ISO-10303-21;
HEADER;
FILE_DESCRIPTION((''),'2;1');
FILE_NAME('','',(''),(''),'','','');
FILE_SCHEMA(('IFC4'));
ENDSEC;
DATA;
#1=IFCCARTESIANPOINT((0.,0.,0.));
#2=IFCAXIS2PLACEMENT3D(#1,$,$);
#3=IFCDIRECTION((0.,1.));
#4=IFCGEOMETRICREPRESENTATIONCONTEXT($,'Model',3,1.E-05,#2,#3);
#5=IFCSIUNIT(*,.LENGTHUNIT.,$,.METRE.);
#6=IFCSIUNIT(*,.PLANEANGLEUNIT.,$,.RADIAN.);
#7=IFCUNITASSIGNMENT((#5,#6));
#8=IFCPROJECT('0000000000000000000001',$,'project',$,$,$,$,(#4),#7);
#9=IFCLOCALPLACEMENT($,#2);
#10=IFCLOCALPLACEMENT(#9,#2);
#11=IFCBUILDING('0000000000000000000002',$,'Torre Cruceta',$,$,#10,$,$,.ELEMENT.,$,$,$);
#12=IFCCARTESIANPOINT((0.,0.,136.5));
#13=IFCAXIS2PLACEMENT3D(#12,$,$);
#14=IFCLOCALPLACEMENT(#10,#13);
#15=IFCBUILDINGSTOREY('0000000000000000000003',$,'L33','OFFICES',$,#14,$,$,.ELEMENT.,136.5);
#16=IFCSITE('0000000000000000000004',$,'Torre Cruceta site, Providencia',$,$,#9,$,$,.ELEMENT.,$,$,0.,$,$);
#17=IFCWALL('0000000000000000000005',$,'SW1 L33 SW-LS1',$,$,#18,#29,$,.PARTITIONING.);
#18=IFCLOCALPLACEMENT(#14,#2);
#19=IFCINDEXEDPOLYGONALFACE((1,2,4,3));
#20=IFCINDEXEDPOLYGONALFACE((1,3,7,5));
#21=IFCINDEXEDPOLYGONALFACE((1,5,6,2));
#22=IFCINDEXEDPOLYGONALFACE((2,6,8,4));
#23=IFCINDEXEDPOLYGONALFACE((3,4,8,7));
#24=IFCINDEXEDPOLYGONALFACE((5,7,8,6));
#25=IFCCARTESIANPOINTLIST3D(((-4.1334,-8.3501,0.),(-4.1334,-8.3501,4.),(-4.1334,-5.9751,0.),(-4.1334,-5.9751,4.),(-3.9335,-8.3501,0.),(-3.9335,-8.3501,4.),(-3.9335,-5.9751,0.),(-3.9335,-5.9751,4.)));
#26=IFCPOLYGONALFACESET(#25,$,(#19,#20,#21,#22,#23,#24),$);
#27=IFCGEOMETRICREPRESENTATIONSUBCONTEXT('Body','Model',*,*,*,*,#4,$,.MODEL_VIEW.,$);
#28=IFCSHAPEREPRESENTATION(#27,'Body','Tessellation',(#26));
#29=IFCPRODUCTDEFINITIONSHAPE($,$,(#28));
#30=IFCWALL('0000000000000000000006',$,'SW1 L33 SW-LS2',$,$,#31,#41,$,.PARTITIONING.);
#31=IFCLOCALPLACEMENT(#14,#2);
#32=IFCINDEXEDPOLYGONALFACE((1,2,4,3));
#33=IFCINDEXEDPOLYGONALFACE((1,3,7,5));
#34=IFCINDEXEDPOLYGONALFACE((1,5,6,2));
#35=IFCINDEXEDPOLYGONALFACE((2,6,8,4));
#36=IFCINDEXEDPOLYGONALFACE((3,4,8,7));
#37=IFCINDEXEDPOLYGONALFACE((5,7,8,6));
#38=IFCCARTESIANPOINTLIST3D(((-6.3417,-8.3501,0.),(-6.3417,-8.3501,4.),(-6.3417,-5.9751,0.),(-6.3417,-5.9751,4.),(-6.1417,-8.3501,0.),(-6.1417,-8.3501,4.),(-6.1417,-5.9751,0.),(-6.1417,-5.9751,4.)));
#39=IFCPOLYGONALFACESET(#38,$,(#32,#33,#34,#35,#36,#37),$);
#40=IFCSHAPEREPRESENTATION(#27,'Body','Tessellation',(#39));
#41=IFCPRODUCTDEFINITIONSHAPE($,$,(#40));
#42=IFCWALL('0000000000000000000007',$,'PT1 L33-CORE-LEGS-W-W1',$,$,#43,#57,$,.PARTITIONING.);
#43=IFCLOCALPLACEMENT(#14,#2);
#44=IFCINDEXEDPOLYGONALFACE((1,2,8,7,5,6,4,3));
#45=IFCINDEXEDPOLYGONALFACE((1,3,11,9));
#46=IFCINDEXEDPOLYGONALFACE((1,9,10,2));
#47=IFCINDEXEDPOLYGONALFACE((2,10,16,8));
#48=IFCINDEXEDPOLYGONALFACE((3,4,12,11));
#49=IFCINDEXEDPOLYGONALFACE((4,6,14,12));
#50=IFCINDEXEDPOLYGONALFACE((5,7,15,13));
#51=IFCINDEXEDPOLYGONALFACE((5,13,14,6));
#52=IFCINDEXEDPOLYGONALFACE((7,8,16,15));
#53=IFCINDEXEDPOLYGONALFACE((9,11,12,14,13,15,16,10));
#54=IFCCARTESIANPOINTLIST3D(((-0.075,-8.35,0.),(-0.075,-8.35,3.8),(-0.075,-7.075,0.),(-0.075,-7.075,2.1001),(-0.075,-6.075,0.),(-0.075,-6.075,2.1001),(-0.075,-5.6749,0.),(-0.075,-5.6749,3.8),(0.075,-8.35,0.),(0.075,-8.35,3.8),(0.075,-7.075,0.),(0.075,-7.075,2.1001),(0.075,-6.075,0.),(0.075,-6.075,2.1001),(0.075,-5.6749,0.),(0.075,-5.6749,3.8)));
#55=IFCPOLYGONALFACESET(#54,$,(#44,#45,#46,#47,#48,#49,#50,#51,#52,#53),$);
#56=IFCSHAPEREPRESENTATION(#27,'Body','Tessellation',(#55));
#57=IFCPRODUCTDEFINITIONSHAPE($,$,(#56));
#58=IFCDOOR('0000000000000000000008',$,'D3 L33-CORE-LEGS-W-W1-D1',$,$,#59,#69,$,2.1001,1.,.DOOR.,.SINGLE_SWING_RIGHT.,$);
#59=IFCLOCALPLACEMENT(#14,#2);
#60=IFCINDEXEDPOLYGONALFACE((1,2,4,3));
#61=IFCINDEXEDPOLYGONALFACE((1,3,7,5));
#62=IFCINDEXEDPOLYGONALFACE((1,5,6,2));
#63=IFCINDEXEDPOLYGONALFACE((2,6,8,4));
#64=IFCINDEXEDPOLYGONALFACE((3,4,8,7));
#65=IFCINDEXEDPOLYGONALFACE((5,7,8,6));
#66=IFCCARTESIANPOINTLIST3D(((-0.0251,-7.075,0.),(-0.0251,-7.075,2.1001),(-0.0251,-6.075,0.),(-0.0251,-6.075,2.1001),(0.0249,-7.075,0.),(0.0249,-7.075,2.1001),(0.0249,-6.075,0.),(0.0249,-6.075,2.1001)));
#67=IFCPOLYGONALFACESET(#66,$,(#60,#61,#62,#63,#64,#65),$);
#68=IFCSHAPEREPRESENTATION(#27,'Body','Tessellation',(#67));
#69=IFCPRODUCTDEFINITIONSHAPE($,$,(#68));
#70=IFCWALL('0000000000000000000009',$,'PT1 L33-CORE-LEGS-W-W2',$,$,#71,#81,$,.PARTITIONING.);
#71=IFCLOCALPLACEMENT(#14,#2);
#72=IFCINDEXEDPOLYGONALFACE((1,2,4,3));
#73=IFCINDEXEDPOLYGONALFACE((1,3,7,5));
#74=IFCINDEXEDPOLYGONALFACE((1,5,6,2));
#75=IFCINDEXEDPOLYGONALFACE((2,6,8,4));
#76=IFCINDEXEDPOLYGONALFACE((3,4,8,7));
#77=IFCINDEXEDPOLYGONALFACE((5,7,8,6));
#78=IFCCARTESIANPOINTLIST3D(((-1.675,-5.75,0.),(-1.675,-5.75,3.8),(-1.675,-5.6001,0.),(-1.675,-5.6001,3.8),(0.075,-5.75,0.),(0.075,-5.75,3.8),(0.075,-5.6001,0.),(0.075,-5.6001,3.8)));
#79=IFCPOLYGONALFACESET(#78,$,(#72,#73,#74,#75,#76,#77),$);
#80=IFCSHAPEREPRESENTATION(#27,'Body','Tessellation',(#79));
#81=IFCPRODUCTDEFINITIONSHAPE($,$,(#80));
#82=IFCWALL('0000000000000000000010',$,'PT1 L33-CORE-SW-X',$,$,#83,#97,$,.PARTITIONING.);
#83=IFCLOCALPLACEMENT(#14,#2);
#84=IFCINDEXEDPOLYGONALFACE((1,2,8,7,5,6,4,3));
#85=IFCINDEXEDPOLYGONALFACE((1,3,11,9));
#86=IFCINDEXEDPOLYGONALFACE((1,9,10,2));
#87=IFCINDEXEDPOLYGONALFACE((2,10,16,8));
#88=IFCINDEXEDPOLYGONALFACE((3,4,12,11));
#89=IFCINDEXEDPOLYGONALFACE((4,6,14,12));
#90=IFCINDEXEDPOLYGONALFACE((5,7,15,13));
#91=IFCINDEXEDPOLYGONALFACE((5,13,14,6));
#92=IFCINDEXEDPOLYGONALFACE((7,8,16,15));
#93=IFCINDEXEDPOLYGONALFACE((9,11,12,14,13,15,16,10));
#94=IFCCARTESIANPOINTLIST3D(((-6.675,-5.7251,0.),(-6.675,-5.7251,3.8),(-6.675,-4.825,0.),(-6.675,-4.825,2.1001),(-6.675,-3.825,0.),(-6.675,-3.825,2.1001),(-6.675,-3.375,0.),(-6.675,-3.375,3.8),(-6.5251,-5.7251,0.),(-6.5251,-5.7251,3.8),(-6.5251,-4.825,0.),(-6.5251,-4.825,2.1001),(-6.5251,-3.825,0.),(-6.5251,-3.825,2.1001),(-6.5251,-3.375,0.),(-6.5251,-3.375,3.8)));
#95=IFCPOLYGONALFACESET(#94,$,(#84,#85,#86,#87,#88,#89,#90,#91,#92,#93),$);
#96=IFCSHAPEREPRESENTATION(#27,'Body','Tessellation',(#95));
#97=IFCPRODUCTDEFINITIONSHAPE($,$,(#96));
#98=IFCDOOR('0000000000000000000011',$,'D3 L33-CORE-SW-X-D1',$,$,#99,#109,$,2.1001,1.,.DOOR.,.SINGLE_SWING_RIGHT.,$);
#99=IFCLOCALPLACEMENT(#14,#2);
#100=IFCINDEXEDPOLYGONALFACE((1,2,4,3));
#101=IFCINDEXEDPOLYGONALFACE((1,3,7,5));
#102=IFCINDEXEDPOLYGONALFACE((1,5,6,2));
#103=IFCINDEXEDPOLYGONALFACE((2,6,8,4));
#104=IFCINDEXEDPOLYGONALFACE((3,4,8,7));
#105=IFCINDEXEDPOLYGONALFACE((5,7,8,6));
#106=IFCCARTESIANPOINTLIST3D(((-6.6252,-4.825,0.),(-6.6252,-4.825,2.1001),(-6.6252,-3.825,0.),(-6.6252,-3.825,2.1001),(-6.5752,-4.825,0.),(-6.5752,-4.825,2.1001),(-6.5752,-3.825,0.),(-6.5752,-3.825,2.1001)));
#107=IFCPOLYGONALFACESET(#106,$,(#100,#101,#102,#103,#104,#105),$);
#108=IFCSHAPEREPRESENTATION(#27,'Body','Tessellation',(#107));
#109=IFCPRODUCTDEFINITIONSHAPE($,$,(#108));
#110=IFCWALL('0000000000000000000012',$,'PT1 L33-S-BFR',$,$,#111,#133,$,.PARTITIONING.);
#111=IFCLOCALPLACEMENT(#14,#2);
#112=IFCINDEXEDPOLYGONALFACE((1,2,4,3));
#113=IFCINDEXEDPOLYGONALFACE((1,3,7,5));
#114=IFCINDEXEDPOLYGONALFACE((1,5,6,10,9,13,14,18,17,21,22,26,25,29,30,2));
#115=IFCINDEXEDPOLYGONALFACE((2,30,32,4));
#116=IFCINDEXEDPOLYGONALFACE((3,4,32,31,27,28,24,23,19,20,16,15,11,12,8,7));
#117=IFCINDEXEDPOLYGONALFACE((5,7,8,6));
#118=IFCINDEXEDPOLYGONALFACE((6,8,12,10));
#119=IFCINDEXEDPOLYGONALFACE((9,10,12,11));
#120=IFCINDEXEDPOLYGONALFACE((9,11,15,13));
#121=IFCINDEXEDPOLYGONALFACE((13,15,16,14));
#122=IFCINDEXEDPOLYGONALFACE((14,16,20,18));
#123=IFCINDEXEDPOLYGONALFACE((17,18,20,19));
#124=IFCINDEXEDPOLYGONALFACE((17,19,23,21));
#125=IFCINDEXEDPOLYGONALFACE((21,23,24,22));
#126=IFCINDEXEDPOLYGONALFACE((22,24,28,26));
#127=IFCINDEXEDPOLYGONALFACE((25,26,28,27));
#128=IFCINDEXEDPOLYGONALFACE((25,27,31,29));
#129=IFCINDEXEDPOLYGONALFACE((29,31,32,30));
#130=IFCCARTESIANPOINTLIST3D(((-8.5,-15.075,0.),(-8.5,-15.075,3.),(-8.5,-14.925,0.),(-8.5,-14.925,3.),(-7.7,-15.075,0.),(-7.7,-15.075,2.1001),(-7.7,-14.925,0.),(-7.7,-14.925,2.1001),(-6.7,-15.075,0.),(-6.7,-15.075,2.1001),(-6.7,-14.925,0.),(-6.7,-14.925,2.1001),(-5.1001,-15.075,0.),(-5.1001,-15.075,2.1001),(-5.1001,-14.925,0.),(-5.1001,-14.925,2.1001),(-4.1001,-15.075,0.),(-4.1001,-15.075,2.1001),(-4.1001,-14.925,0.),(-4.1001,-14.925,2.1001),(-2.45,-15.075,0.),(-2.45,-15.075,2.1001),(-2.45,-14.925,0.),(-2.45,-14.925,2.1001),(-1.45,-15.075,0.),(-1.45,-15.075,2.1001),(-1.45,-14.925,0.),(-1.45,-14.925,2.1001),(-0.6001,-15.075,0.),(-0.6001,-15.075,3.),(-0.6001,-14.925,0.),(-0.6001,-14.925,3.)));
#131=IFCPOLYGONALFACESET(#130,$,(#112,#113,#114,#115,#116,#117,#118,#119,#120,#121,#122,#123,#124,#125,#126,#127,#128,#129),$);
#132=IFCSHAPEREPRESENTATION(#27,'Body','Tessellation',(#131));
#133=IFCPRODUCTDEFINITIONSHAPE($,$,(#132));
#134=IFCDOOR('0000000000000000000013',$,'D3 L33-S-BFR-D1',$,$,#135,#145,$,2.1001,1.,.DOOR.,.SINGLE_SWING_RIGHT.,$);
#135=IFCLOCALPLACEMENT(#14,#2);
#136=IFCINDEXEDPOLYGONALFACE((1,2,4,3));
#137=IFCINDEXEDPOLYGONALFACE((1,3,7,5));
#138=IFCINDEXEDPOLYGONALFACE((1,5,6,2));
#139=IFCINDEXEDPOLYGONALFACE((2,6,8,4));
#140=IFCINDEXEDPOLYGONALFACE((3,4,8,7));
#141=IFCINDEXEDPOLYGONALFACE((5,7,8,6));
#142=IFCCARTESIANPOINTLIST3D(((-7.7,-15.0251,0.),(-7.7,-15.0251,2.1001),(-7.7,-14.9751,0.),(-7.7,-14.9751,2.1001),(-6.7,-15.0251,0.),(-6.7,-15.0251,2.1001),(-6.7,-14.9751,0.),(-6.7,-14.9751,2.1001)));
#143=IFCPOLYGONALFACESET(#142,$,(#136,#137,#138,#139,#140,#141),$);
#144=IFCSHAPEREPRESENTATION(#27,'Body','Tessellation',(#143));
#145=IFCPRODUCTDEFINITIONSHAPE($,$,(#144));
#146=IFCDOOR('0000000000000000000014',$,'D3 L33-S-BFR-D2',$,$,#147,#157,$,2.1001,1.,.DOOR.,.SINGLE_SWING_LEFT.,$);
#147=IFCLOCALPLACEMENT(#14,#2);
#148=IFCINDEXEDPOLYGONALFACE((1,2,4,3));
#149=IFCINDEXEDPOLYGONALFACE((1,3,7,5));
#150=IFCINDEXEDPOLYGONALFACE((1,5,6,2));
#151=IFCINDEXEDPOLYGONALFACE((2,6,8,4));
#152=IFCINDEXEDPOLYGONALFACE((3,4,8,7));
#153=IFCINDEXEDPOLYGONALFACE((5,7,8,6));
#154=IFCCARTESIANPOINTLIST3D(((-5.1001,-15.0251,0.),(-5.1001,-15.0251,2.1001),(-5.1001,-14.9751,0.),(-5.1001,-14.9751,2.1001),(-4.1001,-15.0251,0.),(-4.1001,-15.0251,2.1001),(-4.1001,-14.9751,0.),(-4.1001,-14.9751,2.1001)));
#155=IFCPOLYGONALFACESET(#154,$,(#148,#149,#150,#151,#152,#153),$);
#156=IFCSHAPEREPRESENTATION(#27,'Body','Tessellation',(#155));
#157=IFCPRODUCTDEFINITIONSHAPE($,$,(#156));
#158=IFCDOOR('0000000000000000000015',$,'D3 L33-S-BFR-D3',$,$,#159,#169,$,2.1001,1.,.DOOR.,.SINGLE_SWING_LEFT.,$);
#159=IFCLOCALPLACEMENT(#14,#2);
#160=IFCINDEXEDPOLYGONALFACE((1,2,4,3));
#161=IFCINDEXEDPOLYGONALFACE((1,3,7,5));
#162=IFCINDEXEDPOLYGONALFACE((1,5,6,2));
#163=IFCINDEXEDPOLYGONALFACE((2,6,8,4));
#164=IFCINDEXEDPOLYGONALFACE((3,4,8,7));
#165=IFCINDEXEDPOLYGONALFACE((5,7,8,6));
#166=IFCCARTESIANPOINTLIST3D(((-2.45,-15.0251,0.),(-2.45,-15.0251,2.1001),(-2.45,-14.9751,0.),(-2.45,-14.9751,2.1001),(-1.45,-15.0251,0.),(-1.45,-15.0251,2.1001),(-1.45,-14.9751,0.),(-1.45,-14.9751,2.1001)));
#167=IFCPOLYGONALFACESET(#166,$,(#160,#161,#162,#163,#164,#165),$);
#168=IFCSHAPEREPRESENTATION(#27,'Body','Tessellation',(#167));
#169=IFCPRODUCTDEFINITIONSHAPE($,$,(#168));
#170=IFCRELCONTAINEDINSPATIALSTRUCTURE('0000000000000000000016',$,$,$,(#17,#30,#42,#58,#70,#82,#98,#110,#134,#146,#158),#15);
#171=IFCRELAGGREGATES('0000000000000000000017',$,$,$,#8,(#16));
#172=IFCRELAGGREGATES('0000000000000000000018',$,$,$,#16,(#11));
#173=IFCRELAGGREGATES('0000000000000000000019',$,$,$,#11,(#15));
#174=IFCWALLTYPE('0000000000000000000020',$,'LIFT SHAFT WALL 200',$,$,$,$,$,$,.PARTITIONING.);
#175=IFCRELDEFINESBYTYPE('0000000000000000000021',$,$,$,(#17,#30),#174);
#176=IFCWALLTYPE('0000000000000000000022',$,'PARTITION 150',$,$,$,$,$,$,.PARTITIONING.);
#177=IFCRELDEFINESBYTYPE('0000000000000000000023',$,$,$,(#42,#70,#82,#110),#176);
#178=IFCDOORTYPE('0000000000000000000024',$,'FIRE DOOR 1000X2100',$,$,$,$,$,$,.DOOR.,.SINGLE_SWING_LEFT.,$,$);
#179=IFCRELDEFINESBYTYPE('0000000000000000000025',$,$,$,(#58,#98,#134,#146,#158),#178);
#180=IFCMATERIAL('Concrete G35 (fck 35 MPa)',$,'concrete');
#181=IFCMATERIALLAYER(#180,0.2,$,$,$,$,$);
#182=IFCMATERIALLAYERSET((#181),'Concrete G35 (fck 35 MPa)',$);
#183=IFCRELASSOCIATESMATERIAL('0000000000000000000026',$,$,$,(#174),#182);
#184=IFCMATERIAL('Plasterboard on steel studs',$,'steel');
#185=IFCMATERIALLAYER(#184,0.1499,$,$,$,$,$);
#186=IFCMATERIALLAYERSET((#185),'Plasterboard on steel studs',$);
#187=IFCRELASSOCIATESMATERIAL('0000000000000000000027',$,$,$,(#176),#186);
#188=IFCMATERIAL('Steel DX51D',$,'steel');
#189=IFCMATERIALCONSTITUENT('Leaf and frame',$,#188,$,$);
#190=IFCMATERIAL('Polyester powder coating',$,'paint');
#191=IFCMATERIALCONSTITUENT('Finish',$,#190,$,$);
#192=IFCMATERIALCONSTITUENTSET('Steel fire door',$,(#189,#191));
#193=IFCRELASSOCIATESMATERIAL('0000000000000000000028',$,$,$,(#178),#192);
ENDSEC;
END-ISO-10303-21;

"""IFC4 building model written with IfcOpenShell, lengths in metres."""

from ifc_helpers import new_model, si_unit, direction, frame, frame_2d, origin, place, context, subcontext, project, spatial, rectangle, extrude, material, layer, layer_set, constituent, constituent_set, type_object, element, fill, save


model = new_model("IFC4")

# Units and contexts
model_context = context("Model", 3, precision=1e-05, world=origin(), true_north=direction((0.0, 1.0)))
body_context = subcontext(model_context, "Body", "Model", "MODEL_VIEW")
ifc_project = project(units=[si_unit("LENGTHUNIT", "METRE"), si_unit("PLANEANGLEUNIT", "RADIAN")], contexts=[model_context])

# Site, building, storey
site_placement = place(None, origin())
site = spatial("IfcSite", under=ifc_project, at=site_placement, Name="Torre Cruceta site, Providencia", CompositionType="ELEMENT", RefElevation=0.0)
building_placement = place(site_placement, origin())
building = spatial("IfcBuilding", under=site, at=building_placement, Name="Torre Cruceta", CompositionType="ELEMENT")
storey_placement = place(building_placement, frame((0.0, 0.0, 136.5)))
storey = spatial("IfcBuildingStorey", under=building, at=storey_placement, Name="L33", Description="OFFICES", CompositionType="ELEMENT", Elevation=136.5)

# Walls
ifc_material_1 = material(Name="Concrete G35 (fck 35 MPa)", Category="concrete")
ifc_layer_1 = layer(ifc_material_1, 0.2)
ifc_layer_set_1 = layer_set([ifc_layer_1], Name="Concrete G35 (fck 35 MPa)")
wall_type_1 = type_object("IfcWallType", Name="LIFT SHAFT WALL 200", PredefinedType="PARTITIONING", material=ifc_layer_set_1)
for number, where, z_axis, x_axis, name in (
    (1, (-4.0334, -5.9751, 0.0), (0.0, 0.0, 1.0), (0.0, -1.0, 0.0), "SW1 L33 SW-LS1"),
    (2, (-6.2417, -5.9751, 0.0), (0.0, 0.0, 1.0), (0.0, -1.0, 0.0), "SW1 L33 SW-LS2"),
):
    element("IfcWall", number, at=place(storey_placement, frame(where, z_axis=z_axis, x_axis=x_axis)), inside=storey, type_object=wall_type_1, Name=name, PredefinedType="PARTITIONING", context=body_context, shape_type="SweptSolid", body=[
        extrude(rectangle(XDim=2.375, YDim=0.2, at=frame_2d((1.1875, 0.0))), origin(), (0.0, 0.0, 1.0), 4.0),
    ])

# Wall, opening, door
ifc_material_2 = material(Name="Plasterboard on steel studs", Category="steel")
ifc_layer_2 = layer(ifc_material_2, 0.1499)
ifc_layer_set_2 = layer_set([ifc_layer_2], Name="Plasterboard on steel studs")
wall_type_2 = type_object("IfcWallType", Name="PARTITION 150", PredefinedType="PARTITIONING", material=ifc_layer_set_2)
wall_1_placement = place(storey_placement, frame((0.0, -5.675, 0.0), z_axis=(0.0, 0.0, 1.0), x_axis=(0.0, -1.0, 0.0)))
wall_1 = element("IfcWall", 3, at=wall_1_placement, inside=storey, type_object=wall_type_2, Name="PT1 L33-CORE-LEGS-W-W1", PredefinedType="PARTITIONING", context=body_context, shape_type="SweptSolid", body=[
    extrude(rectangle(XDim=2.675, YDim=0.1499, at=frame_2d((1.3374, 0.0))), origin(), (0.0, 0.0, 1.0), 3.8),
])
opening_1_placement = place(wall_1_placement, frame((0.3999, 0.0, 0.0)))
opening_1 = element("IfcOpeningElement", 4, at=opening_1_placement, cuts=wall_1, PredefinedType="OPENING", context=body_context, shape_type="SweptSolid", body=[
    extrude(rectangle(XDim=1.0, YDim=2.1001, at=frame_2d((0.5, 1.05))), frame((0.0, 0.085, 0.0), z_axis=(0.0, -1.0, 0.0), x_axis=(1.0, 0.0, 0.0)), (0.0, 0.0, 1.0), 0.1699),
])
ifc_material_3 = material(Name="Steel DX51D", Category="steel")
ifc_constituent_1 = constituent(ifc_material_3, Name="Leaf and frame")
ifc_material_4 = material(Name="Polyester powder coating", Category="paint")
ifc_constituent_2 = constituent(ifc_material_4, Name="Finish")
ifc_constituent_set_1 = constituent_set(constituents=[ifc_constituent_1, ifc_constituent_2], Name="Steel fire door")
door_type_1 = type_object("IfcDoorType", Name="FIRE DOOR 1000X2100", OperationType="SINGLE_SWING_LEFT", PredefinedType="DOOR", material=ifc_constituent_set_1)
door_1_placement = place(opening_1_placement, frame((1.0, 0.0, 0.0), z_axis=(0.0, 0.0, 1.0), x_axis=(-1.0, 0.0, 0.0)))
door_1 = element("IfcDoor", 5, at=door_1_placement, inside=storey, type_object=door_type_1, Name="D3 L33-CORE-LEGS-W-W1-D1", OperationType="SINGLE_SWING_RIGHT", OverallHeight=2.1001, OverallWidth=1.0, PredefinedType="DOOR", context=body_context, shape_type="SweptSolid", body=[
    extrude(rectangle(XDim=1.0, YDim=2.1001, at=frame_2d((0.5, 1.05))), frame((0.0, 0.0251, 0.0), z_axis=(0.0, -1.0, 0.0), x_axis=(1.0, 0.0, 0.0)), (0.0, 0.0, 1.0), 0.05),
])
fill(opening_1, door_1)

# Wall
wall_2_placement = place(storey_placement, frame((-1.675, -5.675, 0.0), z_axis=(0.0, 0.0, 1.0), x_axis=(1.0, 0.0, 0.0)))
element("IfcWall", 6, at=wall_2_placement, inside=storey, type_object=wall_type_2, Name="PT1 L33-CORE-LEGS-W-W2", PredefinedType="PARTITIONING", context=body_context, shape_type="SweptSolid", body=[
    extrude(rectangle(XDim=1.75, YDim=0.1499, at=frame_2d((0.875, 0.0))), origin(), (0.0, 0.0, 1.0), 3.8),
])

# Wall, opening, door
wall_3_placement = place(storey_placement, frame((-6.6001, -3.375, 0.0), z_axis=(0.0, 0.0, 1.0), x_axis=(0.0, -1.0, 0.0)))
wall_3 = element("IfcWall", 7, at=wall_3_placement, inside=storey, type_object=wall_type_2, Name="PT1 L33-CORE-SW-X", PredefinedType="PARTITIONING", context=body_context, shape_type="SweptSolid", body=[
    extrude(rectangle(XDim=2.3501, YDim=0.1499, at=frame_2d((1.175, 0.0))), origin(), (0.0, 0.0, 1.0), 3.8),
])
opening_2_placement = place(wall_3_placement, frame((0.45, 0.0, 0.0)))
opening_2 = element("IfcOpeningElement", 8, at=opening_2_placement, cuts=wall_3, PredefinedType="OPENING", context=body_context, shape_type="SweptSolid", body=[
    extrude(rectangle(XDim=1.0, YDim=2.1001, at=frame_2d((0.5, 1.05))), frame((0.0, 0.085, 0.0), z_axis=(0.0, -1.0, 0.0), x_axis=(1.0, 0.0, 0.0)), (0.0, 0.0, 1.0), 0.1699),
])
door_2_placement = place(opening_2_placement, frame((1.0, 0.0, 0.0), z_axis=(0.0, 0.0, 1.0), x_axis=(-1.0, 0.0, 0.0)))
door_2 = element("IfcDoor", 9, at=door_2_placement, inside=storey, type_object=door_type_1, Name="D3 L33-CORE-SW-X-D1", OperationType="SINGLE_SWING_RIGHT", OverallHeight=2.1001, OverallWidth=1.0, PredefinedType="DOOR", context=body_context, shape_type="SweptSolid", body=[
    extrude(rectangle(XDim=1.0, YDim=2.1001, at=frame_2d((0.5, 1.05))), frame((0.0, 0.0251, 0.0), z_axis=(0.0, -1.0, 0.0), x_axis=(1.0, 0.0, 0.0)), (0.0, 0.0, 1.0), 0.05),
])
fill(opening_2, door_2)

# Wall, openings, doors
wall_4_placement = place(storey_placement, frame((-8.5, -15.0, 0.0), z_axis=(0.0, 0.0, 1.0), x_axis=(1.0, 0.0, 0.0)))
wall_4 = element("IfcWall", 10, at=wall_4_placement, inside=storey, type_object=wall_type_2, Name="PT1 L33-S-BFR", PredefinedType="PARTITIONING", context=body_context, shape_type="SweptSolid", body=[
    extrude(rectangle(XDim=7.8999, YDim=0.1499, at=frame_2d((3.95, 0.0))), origin(), (0.0, 0.0, 1.0), 3.0),
])
opening_3_placement = place(wall_4_placement, frame((0.8, 0.0, 0.0)))
opening_3 = element("IfcOpeningElement", 11, at=opening_3_placement, cuts=wall_4, PredefinedType="OPENING", context=body_context, shape_type="SweptSolid", body=[
    extrude(rectangle(XDim=1.0, YDim=2.1001, at=frame_2d((0.5, 1.05))), frame((0.0, 0.085, 0.0), z_axis=(0.0, -1.0, 0.0), x_axis=(1.0, 0.0, 0.0)), (0.0, 0.0, 1.0), 0.1699),
])
opening_4_placement = place(wall_4_placement, frame((3.3999, 0.0, 0.0)))
opening_4 = element("IfcOpeningElement", 12, at=opening_4_placement, cuts=wall_4, PredefinedType="OPENING", context=body_context, shape_type="SweptSolid", body=[
    extrude(rectangle(XDim=1.0, YDim=2.1001, at=frame_2d((0.5, 1.05))), frame((0.0, 0.085, 0.0), z_axis=(0.0, -1.0, 0.0), x_axis=(1.0, 0.0, 0.0)), (0.0, 0.0, 1.0), 0.1699),
])
opening_5_placement = place(wall_4_placement, frame((6.05, 0.0, 0.0)))
opening_5 = element("IfcOpeningElement", 13, at=opening_5_placement, cuts=wall_4, PredefinedType="OPENING", context=body_context, shape_type="SweptSolid", body=[
    extrude(rectangle(XDim=1.0, YDim=2.1001, at=frame_2d((0.5, 1.05))), frame((0.0, 0.085, 0.0), z_axis=(0.0, -1.0, 0.0), x_axis=(1.0, 0.0, 0.0)), (0.0, 0.0, 1.0), 0.1699),
])
door_3_placement = place(opening_3_placement, origin())
door_3 = element("IfcDoor", 14, at=door_3_placement, inside=storey, type_object=door_type_1, Name="D3 L33-S-BFR-D1", OperationType="SINGLE_SWING_RIGHT", OverallHeight=2.1001, OverallWidth=1.0, PredefinedType="DOOR", context=body_context, shape_type="SweptSolid", body=[
    extrude(rectangle(XDim=1.0, YDim=2.1001, at=frame_2d((0.5, 1.05))), frame((0.0, 0.0249, 0.0), z_axis=(0.0, -1.0, 0.0), x_axis=(1.0, 0.0, 0.0)), (0.0, 0.0, 1.0), 0.05),
])
fill(opening_3, door_3)
door_4_placement = place(opening_4_placement, origin())
door_4 = element("IfcDoor", 15, at=door_4_placement, inside=storey, type_object=door_type_1, Name="D3 L33-S-BFR-D2", OperationType="SINGLE_SWING_LEFT", OverallHeight=2.1001, OverallWidth=1.0, PredefinedType="DOOR", context=body_context, shape_type="SweptSolid", body=[
    extrude(rectangle(XDim=1.0, YDim=2.1001, at=frame_2d((0.5, 1.05))), frame((0.0, 0.0249, 0.0), z_axis=(0.0, -1.0, 0.0), x_axis=(1.0, 0.0, 0.0)), (0.0, 0.0, 1.0), 0.05),
])
fill(opening_4, door_4)
door_5_placement = place(opening_5_placement, origin())
door_5 = element("IfcDoor", 16, at=door_5_placement, inside=storey, type_object=door_type_1, Name="D3 L33-S-BFR-D3", OperationType="SINGLE_SWING_LEFT", OverallHeight=2.1001, OverallWidth=1.0, PredefinedType="DOOR", context=body_context, shape_type="SweptSolid", body=[
    extrude(rectangle(XDim=1.0, YDim=2.1001, at=frame_2d((0.5, 1.05))), frame((0.0, 0.0249, 0.0), z_axis=(0.0, -1.0, 0.0), x_axis=(1.0, 0.0, 0.0)), (0.0, 0.0, 1.0), 0.05),
])
fill(opening_5, door_5)

save(model, "model.ifc")
